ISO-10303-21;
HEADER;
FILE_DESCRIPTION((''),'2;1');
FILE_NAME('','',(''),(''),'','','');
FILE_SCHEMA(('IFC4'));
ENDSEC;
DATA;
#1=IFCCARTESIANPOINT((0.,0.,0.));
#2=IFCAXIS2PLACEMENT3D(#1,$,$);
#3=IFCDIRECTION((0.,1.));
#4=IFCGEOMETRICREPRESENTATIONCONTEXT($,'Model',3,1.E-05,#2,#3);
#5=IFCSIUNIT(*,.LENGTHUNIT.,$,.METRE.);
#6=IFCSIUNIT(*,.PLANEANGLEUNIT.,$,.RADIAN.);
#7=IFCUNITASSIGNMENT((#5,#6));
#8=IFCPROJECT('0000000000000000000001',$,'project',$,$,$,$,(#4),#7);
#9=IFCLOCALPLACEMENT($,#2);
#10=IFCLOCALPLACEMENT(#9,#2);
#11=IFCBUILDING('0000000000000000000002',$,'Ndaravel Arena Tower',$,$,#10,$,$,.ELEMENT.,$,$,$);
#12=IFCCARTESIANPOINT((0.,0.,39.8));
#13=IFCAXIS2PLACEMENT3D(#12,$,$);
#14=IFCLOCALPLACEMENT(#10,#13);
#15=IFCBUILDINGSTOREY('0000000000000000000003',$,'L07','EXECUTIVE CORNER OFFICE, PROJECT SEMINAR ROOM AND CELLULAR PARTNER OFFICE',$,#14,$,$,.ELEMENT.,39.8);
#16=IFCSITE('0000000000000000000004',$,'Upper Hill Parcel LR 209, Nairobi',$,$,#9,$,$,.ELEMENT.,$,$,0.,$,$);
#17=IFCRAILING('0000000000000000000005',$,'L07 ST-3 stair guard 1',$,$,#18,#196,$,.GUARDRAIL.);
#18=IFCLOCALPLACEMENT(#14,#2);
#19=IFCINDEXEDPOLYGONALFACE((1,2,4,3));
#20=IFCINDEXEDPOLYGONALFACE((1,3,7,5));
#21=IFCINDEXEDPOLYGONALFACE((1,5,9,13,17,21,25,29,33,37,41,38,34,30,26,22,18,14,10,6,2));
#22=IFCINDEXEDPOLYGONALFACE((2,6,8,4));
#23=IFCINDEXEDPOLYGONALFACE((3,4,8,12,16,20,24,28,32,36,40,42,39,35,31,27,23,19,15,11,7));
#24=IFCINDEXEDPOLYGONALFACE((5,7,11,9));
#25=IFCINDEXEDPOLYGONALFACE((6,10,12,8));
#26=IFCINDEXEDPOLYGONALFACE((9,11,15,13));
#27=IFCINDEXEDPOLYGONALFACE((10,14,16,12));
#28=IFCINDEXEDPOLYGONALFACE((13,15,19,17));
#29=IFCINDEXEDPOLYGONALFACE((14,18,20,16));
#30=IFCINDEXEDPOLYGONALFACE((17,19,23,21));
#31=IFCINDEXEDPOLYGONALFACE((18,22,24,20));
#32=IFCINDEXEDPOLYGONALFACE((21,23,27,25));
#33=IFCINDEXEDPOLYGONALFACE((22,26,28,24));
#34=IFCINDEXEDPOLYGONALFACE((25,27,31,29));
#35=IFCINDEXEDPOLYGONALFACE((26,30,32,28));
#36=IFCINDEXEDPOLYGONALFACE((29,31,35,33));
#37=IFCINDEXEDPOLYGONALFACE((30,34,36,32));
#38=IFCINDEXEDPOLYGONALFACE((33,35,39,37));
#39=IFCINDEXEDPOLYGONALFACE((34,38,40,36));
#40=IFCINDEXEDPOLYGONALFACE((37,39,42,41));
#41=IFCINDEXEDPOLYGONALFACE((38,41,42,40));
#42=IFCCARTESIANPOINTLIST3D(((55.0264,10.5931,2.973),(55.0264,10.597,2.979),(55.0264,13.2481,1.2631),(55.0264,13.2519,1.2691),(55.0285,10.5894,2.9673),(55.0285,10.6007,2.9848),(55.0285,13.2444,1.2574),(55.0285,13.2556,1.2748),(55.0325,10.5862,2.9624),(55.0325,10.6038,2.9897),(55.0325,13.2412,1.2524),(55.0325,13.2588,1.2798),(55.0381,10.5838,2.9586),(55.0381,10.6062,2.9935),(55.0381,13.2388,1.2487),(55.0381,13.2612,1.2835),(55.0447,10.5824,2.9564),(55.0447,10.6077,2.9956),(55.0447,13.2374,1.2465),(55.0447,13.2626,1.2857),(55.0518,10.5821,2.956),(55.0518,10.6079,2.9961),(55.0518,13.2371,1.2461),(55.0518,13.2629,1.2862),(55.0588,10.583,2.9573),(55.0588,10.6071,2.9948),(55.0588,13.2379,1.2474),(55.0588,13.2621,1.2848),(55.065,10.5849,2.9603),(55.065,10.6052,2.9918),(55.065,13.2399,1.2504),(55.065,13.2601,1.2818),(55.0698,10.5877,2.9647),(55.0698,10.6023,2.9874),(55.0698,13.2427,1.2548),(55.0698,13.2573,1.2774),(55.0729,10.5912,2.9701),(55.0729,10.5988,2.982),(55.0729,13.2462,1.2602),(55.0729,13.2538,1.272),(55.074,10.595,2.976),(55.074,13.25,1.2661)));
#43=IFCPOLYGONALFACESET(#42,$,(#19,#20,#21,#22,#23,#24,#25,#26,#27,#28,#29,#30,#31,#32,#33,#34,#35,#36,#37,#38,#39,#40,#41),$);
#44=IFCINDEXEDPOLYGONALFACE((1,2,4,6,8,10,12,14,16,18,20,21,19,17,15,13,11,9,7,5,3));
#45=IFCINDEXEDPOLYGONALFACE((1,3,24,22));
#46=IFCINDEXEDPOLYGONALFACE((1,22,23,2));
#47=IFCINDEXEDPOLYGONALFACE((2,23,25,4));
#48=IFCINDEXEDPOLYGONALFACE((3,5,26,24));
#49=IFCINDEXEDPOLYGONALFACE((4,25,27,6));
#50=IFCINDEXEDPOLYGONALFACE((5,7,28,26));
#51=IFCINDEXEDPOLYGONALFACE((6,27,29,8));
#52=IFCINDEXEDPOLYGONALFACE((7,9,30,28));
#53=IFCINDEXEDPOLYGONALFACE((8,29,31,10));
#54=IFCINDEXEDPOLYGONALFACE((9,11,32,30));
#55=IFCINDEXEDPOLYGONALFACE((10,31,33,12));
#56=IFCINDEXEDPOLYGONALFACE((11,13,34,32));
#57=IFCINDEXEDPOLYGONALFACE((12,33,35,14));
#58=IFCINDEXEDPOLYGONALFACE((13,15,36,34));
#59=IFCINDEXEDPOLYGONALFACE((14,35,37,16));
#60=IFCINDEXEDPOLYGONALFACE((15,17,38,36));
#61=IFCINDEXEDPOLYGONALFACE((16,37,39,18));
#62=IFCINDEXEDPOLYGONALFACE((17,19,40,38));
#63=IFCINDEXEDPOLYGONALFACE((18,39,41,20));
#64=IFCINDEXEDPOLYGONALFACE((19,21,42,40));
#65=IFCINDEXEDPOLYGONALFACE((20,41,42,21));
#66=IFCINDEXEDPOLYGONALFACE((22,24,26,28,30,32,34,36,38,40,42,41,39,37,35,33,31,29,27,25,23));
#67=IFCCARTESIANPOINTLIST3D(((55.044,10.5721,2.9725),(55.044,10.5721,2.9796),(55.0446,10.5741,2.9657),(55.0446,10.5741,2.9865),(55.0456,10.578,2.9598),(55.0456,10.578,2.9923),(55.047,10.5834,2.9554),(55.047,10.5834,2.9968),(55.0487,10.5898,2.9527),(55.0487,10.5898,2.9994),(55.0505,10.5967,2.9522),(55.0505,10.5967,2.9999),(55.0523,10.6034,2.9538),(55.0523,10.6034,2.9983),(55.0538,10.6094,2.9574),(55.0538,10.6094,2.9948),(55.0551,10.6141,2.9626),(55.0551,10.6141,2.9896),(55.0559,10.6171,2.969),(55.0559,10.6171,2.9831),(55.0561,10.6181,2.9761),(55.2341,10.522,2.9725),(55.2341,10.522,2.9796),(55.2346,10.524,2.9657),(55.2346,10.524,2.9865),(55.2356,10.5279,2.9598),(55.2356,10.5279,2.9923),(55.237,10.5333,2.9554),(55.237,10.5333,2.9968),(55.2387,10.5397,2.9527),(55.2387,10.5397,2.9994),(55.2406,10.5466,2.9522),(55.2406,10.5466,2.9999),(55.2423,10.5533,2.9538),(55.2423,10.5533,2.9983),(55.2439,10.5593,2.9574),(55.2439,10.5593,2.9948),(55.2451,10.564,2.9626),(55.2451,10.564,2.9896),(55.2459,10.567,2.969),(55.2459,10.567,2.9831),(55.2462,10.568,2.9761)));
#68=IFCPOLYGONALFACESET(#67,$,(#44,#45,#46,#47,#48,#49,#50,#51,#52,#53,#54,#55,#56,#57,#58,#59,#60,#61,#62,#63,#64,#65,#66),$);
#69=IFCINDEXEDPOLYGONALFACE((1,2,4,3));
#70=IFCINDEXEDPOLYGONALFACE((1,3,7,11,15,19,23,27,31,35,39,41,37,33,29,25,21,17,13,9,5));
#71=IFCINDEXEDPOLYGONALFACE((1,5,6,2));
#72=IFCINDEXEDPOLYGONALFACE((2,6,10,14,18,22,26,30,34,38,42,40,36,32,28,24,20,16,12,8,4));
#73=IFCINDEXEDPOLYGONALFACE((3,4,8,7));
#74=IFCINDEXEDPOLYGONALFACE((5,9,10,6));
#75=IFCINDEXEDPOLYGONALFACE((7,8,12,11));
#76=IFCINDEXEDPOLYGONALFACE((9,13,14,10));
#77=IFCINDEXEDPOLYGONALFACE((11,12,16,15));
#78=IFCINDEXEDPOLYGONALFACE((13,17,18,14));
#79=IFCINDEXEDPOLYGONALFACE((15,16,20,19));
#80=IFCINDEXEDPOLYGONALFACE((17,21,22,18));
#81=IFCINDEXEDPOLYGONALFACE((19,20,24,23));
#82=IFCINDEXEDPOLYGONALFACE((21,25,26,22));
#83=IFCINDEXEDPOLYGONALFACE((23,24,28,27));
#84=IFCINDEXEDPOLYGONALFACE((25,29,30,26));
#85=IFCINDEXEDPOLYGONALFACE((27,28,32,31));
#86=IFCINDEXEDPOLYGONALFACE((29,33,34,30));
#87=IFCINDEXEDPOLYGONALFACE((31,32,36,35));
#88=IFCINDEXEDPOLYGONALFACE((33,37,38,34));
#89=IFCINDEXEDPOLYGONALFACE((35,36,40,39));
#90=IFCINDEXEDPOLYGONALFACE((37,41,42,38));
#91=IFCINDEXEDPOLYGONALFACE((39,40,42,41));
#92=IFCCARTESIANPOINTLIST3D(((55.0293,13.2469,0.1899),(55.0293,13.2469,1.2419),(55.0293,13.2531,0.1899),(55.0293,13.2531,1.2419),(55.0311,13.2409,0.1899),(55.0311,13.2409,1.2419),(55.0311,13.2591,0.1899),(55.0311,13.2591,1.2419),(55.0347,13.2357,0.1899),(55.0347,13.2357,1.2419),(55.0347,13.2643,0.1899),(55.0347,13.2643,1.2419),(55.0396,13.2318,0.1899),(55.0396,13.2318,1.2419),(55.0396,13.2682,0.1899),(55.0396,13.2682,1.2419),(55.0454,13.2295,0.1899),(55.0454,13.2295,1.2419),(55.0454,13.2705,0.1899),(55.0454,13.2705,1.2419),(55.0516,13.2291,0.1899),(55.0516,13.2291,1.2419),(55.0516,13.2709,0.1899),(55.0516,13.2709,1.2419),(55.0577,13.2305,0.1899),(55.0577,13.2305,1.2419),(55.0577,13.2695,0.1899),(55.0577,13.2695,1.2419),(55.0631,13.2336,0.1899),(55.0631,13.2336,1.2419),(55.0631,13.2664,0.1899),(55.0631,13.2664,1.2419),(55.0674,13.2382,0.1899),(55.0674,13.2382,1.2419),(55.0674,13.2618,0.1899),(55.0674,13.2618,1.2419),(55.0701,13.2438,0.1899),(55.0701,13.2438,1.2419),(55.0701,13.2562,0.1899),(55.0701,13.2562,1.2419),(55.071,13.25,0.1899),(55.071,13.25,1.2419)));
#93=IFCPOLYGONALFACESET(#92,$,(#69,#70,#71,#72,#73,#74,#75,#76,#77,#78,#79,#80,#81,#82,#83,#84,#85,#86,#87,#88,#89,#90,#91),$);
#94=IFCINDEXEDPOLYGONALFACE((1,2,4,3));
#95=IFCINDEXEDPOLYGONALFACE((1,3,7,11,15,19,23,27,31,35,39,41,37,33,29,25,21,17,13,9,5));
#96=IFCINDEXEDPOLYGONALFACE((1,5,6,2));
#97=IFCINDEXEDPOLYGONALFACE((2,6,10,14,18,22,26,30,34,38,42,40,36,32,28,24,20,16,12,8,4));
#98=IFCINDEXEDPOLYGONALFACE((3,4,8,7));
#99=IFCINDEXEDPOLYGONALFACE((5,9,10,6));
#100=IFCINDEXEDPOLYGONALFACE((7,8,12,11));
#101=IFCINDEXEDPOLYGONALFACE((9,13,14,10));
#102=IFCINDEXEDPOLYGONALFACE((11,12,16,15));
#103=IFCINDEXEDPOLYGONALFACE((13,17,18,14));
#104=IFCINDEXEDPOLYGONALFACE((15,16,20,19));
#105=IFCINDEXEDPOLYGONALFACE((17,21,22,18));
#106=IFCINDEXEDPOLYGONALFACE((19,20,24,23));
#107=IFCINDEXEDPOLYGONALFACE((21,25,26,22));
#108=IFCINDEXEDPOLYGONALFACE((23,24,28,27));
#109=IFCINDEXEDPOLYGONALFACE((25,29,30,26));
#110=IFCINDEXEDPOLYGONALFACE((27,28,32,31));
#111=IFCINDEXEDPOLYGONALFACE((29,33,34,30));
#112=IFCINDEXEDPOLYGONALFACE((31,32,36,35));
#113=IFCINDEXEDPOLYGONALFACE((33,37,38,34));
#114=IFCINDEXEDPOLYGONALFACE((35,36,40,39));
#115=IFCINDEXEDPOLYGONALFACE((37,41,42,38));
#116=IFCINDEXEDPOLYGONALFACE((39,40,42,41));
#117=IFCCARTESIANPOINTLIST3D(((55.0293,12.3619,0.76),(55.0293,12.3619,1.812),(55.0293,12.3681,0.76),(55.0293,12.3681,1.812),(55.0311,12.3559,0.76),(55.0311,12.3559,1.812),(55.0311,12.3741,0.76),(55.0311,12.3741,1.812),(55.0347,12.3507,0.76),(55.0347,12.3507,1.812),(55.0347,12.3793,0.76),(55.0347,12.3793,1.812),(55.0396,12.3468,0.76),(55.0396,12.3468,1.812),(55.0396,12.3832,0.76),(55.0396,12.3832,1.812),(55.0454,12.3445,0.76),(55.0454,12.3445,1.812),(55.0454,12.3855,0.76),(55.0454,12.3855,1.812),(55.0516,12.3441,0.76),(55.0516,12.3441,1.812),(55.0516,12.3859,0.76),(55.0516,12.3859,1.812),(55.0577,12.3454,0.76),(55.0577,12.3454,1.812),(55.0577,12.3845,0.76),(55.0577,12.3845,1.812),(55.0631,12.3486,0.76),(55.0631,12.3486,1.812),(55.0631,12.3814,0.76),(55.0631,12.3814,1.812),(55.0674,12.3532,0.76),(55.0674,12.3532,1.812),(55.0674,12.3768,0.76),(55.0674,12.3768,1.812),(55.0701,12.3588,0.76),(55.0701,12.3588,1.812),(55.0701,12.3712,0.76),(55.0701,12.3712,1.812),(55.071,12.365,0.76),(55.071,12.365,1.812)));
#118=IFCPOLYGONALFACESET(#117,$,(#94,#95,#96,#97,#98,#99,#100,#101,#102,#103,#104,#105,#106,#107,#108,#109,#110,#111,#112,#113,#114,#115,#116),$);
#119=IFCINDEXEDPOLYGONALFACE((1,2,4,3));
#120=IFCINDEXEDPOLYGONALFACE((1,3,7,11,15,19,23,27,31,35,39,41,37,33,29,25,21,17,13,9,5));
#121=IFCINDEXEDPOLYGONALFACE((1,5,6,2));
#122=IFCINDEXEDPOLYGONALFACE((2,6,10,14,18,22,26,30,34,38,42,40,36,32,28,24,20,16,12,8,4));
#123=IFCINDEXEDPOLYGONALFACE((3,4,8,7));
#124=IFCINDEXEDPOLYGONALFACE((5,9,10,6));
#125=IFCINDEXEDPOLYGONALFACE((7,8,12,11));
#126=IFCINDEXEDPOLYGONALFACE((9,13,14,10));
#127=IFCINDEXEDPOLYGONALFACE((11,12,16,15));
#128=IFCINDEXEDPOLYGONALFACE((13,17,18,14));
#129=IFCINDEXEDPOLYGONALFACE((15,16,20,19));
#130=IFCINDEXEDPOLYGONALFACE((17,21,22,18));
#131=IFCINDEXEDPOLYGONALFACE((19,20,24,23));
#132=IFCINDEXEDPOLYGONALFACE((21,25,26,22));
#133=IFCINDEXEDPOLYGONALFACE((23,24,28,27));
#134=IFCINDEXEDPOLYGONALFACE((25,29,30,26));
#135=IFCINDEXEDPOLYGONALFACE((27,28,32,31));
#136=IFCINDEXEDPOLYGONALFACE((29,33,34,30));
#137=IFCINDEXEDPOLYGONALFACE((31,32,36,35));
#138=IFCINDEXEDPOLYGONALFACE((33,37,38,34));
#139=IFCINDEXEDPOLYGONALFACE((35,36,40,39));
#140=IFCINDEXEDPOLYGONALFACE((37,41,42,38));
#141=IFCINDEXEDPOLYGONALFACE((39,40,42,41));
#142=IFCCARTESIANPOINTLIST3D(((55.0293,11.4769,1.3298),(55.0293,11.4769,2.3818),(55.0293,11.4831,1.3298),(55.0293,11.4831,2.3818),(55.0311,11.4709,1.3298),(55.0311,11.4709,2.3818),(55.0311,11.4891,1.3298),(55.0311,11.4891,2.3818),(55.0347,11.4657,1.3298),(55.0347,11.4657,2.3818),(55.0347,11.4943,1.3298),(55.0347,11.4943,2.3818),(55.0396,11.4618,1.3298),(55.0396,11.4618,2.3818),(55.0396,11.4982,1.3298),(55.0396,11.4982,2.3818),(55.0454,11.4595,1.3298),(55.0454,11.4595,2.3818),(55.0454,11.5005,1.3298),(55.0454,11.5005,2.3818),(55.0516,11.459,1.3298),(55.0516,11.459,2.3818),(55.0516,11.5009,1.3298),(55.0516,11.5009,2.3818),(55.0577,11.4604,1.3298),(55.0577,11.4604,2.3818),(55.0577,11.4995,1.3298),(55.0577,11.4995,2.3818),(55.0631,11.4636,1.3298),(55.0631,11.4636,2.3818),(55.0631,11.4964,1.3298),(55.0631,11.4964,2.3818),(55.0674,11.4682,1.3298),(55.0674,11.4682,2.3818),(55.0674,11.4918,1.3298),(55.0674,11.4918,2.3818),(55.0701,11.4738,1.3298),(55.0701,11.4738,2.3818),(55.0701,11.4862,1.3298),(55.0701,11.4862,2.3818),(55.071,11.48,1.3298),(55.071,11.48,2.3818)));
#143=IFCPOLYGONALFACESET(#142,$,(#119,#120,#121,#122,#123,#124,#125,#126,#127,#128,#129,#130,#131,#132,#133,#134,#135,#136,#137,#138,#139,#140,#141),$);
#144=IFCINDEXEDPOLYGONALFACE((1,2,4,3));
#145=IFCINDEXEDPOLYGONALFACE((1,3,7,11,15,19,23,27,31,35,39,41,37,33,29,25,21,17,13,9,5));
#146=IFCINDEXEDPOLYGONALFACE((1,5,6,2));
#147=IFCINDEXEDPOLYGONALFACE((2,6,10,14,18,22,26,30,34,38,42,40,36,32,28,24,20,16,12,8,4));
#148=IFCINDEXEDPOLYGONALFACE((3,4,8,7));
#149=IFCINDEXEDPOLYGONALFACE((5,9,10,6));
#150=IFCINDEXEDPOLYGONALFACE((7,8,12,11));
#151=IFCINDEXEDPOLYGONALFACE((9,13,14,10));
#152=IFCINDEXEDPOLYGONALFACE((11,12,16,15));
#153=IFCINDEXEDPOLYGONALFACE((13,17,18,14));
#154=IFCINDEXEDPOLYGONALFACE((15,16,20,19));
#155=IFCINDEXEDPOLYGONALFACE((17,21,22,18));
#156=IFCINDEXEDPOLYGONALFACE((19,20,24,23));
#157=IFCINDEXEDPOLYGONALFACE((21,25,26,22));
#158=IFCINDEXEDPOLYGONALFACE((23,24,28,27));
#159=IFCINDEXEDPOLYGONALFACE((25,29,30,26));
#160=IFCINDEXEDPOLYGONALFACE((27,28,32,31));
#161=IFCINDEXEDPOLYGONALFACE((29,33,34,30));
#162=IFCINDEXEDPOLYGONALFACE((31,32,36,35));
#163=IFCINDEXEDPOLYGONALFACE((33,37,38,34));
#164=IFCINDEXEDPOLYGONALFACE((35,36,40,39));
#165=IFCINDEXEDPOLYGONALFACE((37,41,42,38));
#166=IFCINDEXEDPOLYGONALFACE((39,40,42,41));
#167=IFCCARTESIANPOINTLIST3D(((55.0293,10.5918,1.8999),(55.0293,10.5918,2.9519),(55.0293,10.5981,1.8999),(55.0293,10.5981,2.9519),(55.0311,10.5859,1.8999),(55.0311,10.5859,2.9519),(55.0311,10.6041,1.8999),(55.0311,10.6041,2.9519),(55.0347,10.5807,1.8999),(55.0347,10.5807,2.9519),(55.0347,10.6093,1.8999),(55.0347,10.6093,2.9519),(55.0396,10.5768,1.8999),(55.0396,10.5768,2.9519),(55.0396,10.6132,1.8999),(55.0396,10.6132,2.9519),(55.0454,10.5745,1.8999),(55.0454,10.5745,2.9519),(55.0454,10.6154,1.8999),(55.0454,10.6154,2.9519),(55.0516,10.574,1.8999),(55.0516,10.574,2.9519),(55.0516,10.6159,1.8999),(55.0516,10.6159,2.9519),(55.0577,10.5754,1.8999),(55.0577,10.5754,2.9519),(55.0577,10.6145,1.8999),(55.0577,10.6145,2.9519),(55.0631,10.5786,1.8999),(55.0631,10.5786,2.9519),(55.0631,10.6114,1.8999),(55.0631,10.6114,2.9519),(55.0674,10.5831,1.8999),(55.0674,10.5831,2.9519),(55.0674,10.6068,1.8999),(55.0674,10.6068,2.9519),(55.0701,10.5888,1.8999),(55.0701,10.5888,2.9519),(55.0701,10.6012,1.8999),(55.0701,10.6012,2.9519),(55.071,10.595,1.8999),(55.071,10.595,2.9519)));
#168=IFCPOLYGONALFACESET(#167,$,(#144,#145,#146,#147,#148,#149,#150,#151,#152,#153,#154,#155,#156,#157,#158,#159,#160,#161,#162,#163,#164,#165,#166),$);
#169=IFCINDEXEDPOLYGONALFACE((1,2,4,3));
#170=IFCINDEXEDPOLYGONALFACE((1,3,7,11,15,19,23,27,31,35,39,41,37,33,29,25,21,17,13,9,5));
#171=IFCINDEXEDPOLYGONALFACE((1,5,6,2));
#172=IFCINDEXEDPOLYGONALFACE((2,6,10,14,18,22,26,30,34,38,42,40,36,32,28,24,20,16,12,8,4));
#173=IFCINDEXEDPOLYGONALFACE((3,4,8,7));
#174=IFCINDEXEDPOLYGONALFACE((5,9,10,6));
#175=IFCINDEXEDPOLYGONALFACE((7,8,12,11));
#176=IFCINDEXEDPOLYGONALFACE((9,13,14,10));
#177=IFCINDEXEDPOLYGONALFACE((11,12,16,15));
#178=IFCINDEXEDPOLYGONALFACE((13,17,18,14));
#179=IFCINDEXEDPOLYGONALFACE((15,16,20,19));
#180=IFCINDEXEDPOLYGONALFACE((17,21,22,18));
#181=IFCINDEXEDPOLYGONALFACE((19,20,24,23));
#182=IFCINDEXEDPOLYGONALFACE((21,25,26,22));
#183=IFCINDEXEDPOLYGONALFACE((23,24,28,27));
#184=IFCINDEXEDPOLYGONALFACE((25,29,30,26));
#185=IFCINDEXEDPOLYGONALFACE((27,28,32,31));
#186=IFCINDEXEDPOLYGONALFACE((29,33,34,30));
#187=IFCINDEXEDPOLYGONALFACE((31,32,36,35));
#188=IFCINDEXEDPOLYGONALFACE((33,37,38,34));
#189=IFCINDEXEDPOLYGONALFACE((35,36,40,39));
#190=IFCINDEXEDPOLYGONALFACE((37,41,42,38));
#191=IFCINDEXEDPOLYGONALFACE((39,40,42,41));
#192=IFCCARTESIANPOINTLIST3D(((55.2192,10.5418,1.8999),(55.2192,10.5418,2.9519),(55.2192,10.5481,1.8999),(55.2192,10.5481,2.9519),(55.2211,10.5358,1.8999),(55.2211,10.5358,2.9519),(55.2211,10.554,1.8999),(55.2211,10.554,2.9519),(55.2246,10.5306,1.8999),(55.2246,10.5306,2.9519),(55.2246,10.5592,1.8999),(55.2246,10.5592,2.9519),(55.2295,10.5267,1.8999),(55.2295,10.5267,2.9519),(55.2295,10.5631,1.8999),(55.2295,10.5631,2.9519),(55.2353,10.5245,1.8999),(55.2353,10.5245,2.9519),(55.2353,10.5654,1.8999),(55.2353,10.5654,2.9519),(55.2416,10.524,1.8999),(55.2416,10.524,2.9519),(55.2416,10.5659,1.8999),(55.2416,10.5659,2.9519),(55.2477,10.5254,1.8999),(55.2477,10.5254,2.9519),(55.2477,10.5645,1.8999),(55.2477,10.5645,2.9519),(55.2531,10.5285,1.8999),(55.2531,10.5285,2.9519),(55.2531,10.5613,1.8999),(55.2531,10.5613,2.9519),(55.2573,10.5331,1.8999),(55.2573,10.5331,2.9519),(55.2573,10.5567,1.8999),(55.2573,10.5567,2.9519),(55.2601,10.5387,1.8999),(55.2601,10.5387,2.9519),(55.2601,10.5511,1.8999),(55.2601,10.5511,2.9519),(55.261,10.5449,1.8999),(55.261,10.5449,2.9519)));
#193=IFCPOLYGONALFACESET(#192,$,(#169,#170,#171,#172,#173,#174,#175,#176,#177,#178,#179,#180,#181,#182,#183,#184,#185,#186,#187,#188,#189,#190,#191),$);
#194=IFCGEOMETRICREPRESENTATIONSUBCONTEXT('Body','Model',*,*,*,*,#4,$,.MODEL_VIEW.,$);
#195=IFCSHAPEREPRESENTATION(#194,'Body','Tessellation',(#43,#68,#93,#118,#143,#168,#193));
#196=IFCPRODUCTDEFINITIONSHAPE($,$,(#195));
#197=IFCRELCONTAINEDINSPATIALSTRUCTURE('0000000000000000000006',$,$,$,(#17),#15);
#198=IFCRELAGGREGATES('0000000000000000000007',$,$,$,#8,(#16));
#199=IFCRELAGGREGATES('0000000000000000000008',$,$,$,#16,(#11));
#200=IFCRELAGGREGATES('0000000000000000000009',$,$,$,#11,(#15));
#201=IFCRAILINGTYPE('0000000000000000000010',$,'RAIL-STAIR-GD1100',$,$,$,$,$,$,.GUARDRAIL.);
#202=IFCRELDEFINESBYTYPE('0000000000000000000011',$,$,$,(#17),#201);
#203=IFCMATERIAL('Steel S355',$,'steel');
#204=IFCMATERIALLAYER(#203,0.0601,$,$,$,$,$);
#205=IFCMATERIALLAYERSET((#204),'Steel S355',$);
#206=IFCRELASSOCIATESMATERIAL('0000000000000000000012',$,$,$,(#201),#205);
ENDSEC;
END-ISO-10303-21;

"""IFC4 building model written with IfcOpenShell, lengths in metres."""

from ifc_helpers import new_model, si_unit, direction, frame, origin, origin_2d, place, context, subcontext, project, spatial, circle, extrude, material, layer, layer_set, type_object, element, save


model = new_model("IFC4")

# Units and contexts
model_context = context("Model", 3, precision=1e-05, world=origin(), true_north=direction((0.0, 1.0)))
body_context = subcontext(model_context, "Body", "Model", "MODEL_VIEW")
ifc_project = project(units=[si_unit("LENGTHUNIT", "METRE"), si_unit("PLANEANGLEUNIT", "RADIAN")], contexts=[model_context])

# Site, building, storey
site_placement = place(None, origin())
site = spatial("IfcSite", under=ifc_project, at=site_placement, Name="Upper Hill Parcel LR 209, Nairobi", CompositionType="ELEMENT", RefElevation=0.0)
building_placement = place(site_placement, origin())
building = spatial("IfcBuilding", under=site, at=building_placement, Name="Ndaravel Arena Tower", CompositionType="ELEMENT")
storey_placement = place(building_placement, frame((0.0, 0.0, 39.8)))
storey = spatial("IfcBuildingStorey", under=building, at=storey_placement, Name="L07", Description="EXECUTIVE CORNER OFFICE, PROJECT SEMINAR ROOM AND CELLULAR PARTNER OFFICE", CompositionType="ELEMENT", Elevation=39.8)

# Railing
ifc_material_1 = material(Name="Steel S355", Category="steel")
ifc_layer_1 = layer(ifc_material_1, 0.0601)
ifc_layer_set_1 = layer_set([ifc_layer_1], Name="Steel S355")
railing_type_1 = type_object("IfcRailingType", Name="RAIL-STAIR-GD1100", PredefinedType="GUARDRAIL", material=ifc_layer_set_1)
railing_1_placement = place(storey_placement, frame((55.05, 13.25, 0.1899)))
element("IfcRailing", 1, at=railing_1_placement, inside=storey, type_object=railing_type_1, Name="L07 ST-3 stair guard 1", PredefinedType="GUARDRAIL", context=body_context, shape_type="SweptSolid", body=[
    extrude(circle(Radius=0.0239, at=origin_2d()), frame((0.0, 0.0, 1.0762), z_axis=(0.0, -0.840724, 0.541465), x_axis=(1.0, 0.0, 0.0)), (0.0, 0.0, 1.0), 3.158),
    extrude(circle(Radius=0.0239, at=origin_2d()), frame((0.0, -2.655, 2.7861), z_axis=(0.966994, -0.254799, 0.0), x_axis=(0.254799, 0.966994, 0.0)), (0.0, 0.0, 1.0), 0.1965),
    extrude(circle(Radius=0.021, at=origin_2d()), origin(), (0.0, 0.0, 1.0), 1.052),
    extrude(circle(Radius=0.021, at=origin_2d()), frame((0.0, -0.885, 0.5701)), (0.0, 0.0, 1.0), 1.052),
    extrude(circle(Radius=0.021, at=origin_2d()), frame((0.0, -1.77, 1.1399)), (0.0, 0.0, 1.0), 1.052),
    extrude(circle(Radius=0.021, at=origin_2d()), frame((0.0, -2.655, 1.71)), (0.0, 0.0, 1.0), 1.052),
    extrude(circle(Radius=0.021, at=origin_2d()), frame((0.1899, -2.7051, 1.71)), (0.0, 0.0, 1.0), 1.052),
])

save(model, "model.ifc")
